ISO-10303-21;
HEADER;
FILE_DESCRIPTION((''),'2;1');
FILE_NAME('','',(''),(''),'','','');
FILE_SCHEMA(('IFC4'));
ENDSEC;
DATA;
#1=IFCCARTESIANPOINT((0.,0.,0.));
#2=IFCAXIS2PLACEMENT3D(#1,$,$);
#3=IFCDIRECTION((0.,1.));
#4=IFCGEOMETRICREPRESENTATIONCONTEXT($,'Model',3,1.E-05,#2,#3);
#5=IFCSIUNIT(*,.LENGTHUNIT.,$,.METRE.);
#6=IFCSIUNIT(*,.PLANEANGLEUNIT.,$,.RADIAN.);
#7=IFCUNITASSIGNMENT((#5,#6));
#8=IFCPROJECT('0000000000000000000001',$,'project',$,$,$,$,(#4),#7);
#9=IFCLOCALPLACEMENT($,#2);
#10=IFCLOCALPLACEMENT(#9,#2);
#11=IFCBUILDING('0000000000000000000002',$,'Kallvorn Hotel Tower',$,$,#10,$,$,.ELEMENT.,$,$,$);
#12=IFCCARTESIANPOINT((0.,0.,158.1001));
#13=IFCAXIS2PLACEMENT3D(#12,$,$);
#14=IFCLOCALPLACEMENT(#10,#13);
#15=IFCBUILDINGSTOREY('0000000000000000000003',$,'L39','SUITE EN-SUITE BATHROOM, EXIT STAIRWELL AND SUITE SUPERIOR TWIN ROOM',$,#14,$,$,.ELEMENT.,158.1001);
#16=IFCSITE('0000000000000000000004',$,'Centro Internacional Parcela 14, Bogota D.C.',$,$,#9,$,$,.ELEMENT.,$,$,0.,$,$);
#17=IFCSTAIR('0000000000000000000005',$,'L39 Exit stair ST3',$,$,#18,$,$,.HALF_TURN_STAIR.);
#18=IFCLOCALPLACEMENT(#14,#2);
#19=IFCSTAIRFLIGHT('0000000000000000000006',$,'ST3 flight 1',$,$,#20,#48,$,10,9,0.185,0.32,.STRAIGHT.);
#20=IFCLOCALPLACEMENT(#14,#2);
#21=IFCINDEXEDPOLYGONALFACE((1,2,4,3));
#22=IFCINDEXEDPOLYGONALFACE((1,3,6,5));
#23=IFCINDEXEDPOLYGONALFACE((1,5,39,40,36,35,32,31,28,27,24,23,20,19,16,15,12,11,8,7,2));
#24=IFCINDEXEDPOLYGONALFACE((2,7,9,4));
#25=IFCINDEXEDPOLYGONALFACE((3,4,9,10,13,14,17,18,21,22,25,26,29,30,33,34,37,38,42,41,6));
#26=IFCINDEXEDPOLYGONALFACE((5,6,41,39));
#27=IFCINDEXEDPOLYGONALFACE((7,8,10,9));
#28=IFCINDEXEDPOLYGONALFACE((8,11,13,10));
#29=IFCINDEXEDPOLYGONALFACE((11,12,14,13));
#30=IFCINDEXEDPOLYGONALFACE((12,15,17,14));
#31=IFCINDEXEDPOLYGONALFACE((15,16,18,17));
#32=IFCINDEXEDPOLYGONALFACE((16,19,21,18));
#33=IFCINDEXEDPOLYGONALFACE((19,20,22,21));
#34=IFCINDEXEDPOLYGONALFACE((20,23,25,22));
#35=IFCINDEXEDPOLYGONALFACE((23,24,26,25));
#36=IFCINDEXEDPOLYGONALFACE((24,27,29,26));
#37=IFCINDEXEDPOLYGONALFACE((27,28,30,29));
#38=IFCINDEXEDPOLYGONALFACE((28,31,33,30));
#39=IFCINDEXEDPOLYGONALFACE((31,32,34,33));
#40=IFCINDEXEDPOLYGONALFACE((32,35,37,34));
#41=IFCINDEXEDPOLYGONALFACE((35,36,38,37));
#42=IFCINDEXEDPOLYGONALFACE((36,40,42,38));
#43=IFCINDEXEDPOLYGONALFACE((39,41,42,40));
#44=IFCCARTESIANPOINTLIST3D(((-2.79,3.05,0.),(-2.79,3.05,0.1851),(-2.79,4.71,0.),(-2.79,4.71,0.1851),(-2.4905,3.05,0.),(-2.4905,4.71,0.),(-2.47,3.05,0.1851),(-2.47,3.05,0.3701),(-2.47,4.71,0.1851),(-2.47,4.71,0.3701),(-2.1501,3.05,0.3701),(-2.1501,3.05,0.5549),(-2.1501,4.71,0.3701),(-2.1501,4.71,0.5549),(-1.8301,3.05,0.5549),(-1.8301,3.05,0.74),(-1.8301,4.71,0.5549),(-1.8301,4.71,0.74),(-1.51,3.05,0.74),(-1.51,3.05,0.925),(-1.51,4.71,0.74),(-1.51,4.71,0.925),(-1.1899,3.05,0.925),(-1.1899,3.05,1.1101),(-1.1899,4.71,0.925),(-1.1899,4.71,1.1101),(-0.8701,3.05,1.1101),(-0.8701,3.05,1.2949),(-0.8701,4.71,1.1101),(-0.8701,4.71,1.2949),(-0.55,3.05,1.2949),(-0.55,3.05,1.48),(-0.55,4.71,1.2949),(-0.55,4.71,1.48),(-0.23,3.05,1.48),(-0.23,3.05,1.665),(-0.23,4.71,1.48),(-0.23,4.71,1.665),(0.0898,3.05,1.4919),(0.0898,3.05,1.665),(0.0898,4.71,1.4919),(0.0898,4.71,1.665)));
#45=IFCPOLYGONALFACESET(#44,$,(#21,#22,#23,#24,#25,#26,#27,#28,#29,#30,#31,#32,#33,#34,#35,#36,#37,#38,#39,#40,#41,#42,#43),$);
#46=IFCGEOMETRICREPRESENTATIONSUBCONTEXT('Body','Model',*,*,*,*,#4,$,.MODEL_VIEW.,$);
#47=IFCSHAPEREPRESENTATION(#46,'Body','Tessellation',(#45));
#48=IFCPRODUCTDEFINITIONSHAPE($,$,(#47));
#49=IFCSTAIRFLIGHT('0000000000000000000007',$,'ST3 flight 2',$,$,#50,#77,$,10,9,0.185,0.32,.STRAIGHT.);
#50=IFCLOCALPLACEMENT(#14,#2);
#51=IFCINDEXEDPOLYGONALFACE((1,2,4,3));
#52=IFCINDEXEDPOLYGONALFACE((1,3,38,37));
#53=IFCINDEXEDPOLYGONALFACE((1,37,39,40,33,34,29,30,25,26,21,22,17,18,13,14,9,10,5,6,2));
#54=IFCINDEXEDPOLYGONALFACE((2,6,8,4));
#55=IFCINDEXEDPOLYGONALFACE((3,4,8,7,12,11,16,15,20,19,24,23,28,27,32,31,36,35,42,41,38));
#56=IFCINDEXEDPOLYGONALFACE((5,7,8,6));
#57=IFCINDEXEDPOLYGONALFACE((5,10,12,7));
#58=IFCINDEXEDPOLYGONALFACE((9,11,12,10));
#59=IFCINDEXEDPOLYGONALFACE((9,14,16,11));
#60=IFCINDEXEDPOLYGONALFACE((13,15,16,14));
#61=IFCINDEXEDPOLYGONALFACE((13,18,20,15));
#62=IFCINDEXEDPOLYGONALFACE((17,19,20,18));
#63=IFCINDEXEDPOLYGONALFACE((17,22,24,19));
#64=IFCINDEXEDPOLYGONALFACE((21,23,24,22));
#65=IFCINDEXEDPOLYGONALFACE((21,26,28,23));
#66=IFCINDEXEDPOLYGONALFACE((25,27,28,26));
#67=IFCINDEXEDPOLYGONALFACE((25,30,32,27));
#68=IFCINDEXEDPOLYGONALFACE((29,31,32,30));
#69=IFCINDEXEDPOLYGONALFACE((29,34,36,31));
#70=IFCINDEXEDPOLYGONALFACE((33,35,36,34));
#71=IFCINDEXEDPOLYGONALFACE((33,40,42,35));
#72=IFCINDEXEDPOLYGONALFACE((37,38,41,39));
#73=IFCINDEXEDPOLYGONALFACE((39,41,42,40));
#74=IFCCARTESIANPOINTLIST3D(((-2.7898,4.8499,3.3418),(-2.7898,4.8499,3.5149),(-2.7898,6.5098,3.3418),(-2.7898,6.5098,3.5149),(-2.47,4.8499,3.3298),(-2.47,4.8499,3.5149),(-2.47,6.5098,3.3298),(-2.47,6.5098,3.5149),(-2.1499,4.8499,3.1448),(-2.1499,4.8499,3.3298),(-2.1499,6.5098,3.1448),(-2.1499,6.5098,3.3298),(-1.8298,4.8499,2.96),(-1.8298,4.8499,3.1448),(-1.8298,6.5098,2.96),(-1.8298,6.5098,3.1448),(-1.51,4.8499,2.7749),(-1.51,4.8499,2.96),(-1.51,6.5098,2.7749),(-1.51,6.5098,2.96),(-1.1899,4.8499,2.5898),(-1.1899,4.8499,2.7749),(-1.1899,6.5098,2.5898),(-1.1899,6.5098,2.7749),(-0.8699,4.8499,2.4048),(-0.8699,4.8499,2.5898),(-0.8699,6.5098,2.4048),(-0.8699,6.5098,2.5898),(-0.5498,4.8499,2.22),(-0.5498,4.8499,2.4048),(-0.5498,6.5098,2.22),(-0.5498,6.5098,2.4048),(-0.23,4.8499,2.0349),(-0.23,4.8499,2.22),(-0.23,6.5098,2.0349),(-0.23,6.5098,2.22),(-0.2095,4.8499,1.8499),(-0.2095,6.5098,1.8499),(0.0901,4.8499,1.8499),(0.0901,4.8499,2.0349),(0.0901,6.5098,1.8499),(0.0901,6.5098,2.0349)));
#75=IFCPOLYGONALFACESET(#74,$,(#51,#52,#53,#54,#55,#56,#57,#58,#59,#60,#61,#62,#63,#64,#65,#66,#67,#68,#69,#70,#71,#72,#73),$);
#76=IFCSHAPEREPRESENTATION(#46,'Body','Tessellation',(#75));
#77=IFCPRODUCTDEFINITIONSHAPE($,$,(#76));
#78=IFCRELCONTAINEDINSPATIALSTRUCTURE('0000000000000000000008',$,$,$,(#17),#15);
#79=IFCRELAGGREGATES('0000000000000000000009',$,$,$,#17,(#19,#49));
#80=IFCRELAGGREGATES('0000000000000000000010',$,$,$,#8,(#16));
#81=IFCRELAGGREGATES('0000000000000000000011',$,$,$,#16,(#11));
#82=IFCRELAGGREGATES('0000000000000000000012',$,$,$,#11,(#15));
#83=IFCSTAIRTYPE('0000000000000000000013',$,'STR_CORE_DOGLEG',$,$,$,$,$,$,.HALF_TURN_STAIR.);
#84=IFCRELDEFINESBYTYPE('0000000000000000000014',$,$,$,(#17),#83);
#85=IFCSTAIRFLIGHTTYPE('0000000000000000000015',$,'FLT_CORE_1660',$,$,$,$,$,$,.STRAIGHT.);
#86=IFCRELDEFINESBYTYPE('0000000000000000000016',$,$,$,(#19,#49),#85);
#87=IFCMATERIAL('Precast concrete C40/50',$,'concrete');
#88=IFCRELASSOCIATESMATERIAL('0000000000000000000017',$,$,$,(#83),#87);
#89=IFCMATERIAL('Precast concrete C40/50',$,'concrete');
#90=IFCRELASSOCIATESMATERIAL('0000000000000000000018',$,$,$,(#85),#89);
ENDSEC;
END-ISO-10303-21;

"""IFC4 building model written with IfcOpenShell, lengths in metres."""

from ifc_helpers import new_model, si_unit, direction, frame, origin, place, context, subcontext, project, spatial, polyline, outline, extrude, material, type_object, element, aggregate, save


model = new_model("IFC4")

# Units and contexts
model_context = context("Model", 3, precision=1e-05, world=origin(), true_north=direction((0.0, 1.0)))
body_context = subcontext(model_context, "Body", "Model", "MODEL_VIEW")
ifc_project = project(units=[si_unit("LENGTHUNIT", "METRE"), si_unit("PLANEANGLEUNIT", "RADIAN")], contexts=[model_context])

# Site, building, storey
site_placement = place(None, origin())
site = spatial("IfcSite", under=ifc_project, at=site_placement, Name="Centro Internacional Parcela 14, Bogota D.C.", CompositionType="ELEMENT", RefElevation=0.0)
building_placement = place(site_placement, origin())
building = spatial("IfcBuilding", under=site, at=building_placement, Name="Kallvorn Hotel Tower", CompositionType="ELEMENT")
storey_placement = place(building_placement, frame((0.0, 0.0, 158.1001)))
storey = spatial("IfcBuildingStorey", under=building, at=storey_placement, Name="L39", Description="SUITE EN-SUITE BATHROOM, EXIT STAIRWELL AND SUITE SUPERIOR TWIN ROOM", CompositionType="ELEMENT", Elevation=158.1001)

# Stair
ifc_material_1 = material(Name="Precast concrete C40/50", Category="concrete")
stair_type = type_object("IfcStairType", Name="STR_CORE_DOGLEG", PredefinedType="HALF_TURN_STAIR", material=ifc_material_1)
stair_1_placement = place(storey_placement, origin())
stair_1 = element("IfcStair", 1, at=stair_1_placement, inside=storey, type_object=stair_type, Name="L39 Exit stair ST3", PredefinedType="HALF_TURN_STAIR")

# Stair flights
ifc_material_2 = material(Name="Precast concrete C40/50", Category="concrete")
stair_flight_type = type_object("IfcStairFlightType", Name="FLT_CORE_1660", PredefinedType="STRAIGHT", material=ifc_material_2)
stair_flight_1_placement = place(storey_placement, frame((-2.79, 3.8799, 0.0), z_axis=(0.0, 0.0, 1.0), x_axis=(1.0, 0.0, 0.0)))
stair_flight_1 = element("IfcStairFlight", 2, at=stair_flight_1_placement, type_object=stair_flight_type, Name="ST3 flight 1", NumberOfRisers=10, NumberOfTreads=9, PredefinedType="STRAIGHT", RiserHeight=0.185, TreadLength=0.32, context=body_context, shape_type="SweptSolid", body=[
    extrude(outline(polyline([(0.0, 0.0), (0.0, 0.1851), (0.3201, 0.1851), (0.3201, 0.3701), (0.6399, 0.3701), (0.6399, 0.5549), (0.96, 0.5549), (0.96, 0.74), (1.28, 0.74), (1.28, 0.925), (1.6001, 0.925), (1.6001, 1.1101), (1.9199, 1.1101), (1.9199, 1.2949), (2.24, 1.2949), (2.24, 1.48), (2.5601, 1.48), (2.5601, 1.665), (2.8799, 1.665), (2.8799, 1.8501), (2.8799, 1.4919), (0.2996, 0.0), (0.0, 0.0)])), frame((0.0, 0.8301, 0.0), z_axis=(0.0, -1.0, 0.0), x_axis=(1.0, 0.0, 0.0)), (0.0, 0.0, 1.0), 1.6599),
])
stair_flight_2_placement = place(storey_placement, frame((0.0901, 5.6799, 1.8499), z_axis=(0.0, 0.0, 1.0), x_axis=(-1.0, 0.0, 0.0)))
stair_flight_2 = element("IfcStairFlight", 3, at=stair_flight_2_placement, type_object=stair_flight_type, Name="ST3 flight 2", NumberOfRisers=10, NumberOfTreads=9, PredefinedType="STRAIGHT", RiserHeight=0.185, TreadLength=0.32, context=body_context, shape_type="SweptSolid", body=[
    extrude(outline(polyline([(0.0, 0.0), (0.0, 0.1851), (0.3201, 0.1851), (0.3201, 0.3701), (0.6399, 0.3701), (0.6399, 0.5549), (0.96, 0.5549), (0.96, 0.74), (1.28, 0.74), (1.28, 0.925), (1.6001, 0.925), (1.6001, 1.1101), (1.9199, 1.1101), (1.9199, 1.2949), (2.24, 1.2949), (2.24, 1.48), (2.5601, 1.48), (2.5601, 1.665), (2.8799, 1.665), (2.8799, 1.8501), (2.8799, 1.4919), (0.2996, 0.0), (0.0, 0.0)])), frame((0.0, 0.8301, 0.0), z_axis=(0.0, -1.0, 0.0), x_axis=(1.0, 0.0, 0.0)), (0.0, 0.0, 1.0), 1.6599),
])
aggregate(stair_1, [stair_flight_1, stair_flight_2])

save(model, "model.ifc")
